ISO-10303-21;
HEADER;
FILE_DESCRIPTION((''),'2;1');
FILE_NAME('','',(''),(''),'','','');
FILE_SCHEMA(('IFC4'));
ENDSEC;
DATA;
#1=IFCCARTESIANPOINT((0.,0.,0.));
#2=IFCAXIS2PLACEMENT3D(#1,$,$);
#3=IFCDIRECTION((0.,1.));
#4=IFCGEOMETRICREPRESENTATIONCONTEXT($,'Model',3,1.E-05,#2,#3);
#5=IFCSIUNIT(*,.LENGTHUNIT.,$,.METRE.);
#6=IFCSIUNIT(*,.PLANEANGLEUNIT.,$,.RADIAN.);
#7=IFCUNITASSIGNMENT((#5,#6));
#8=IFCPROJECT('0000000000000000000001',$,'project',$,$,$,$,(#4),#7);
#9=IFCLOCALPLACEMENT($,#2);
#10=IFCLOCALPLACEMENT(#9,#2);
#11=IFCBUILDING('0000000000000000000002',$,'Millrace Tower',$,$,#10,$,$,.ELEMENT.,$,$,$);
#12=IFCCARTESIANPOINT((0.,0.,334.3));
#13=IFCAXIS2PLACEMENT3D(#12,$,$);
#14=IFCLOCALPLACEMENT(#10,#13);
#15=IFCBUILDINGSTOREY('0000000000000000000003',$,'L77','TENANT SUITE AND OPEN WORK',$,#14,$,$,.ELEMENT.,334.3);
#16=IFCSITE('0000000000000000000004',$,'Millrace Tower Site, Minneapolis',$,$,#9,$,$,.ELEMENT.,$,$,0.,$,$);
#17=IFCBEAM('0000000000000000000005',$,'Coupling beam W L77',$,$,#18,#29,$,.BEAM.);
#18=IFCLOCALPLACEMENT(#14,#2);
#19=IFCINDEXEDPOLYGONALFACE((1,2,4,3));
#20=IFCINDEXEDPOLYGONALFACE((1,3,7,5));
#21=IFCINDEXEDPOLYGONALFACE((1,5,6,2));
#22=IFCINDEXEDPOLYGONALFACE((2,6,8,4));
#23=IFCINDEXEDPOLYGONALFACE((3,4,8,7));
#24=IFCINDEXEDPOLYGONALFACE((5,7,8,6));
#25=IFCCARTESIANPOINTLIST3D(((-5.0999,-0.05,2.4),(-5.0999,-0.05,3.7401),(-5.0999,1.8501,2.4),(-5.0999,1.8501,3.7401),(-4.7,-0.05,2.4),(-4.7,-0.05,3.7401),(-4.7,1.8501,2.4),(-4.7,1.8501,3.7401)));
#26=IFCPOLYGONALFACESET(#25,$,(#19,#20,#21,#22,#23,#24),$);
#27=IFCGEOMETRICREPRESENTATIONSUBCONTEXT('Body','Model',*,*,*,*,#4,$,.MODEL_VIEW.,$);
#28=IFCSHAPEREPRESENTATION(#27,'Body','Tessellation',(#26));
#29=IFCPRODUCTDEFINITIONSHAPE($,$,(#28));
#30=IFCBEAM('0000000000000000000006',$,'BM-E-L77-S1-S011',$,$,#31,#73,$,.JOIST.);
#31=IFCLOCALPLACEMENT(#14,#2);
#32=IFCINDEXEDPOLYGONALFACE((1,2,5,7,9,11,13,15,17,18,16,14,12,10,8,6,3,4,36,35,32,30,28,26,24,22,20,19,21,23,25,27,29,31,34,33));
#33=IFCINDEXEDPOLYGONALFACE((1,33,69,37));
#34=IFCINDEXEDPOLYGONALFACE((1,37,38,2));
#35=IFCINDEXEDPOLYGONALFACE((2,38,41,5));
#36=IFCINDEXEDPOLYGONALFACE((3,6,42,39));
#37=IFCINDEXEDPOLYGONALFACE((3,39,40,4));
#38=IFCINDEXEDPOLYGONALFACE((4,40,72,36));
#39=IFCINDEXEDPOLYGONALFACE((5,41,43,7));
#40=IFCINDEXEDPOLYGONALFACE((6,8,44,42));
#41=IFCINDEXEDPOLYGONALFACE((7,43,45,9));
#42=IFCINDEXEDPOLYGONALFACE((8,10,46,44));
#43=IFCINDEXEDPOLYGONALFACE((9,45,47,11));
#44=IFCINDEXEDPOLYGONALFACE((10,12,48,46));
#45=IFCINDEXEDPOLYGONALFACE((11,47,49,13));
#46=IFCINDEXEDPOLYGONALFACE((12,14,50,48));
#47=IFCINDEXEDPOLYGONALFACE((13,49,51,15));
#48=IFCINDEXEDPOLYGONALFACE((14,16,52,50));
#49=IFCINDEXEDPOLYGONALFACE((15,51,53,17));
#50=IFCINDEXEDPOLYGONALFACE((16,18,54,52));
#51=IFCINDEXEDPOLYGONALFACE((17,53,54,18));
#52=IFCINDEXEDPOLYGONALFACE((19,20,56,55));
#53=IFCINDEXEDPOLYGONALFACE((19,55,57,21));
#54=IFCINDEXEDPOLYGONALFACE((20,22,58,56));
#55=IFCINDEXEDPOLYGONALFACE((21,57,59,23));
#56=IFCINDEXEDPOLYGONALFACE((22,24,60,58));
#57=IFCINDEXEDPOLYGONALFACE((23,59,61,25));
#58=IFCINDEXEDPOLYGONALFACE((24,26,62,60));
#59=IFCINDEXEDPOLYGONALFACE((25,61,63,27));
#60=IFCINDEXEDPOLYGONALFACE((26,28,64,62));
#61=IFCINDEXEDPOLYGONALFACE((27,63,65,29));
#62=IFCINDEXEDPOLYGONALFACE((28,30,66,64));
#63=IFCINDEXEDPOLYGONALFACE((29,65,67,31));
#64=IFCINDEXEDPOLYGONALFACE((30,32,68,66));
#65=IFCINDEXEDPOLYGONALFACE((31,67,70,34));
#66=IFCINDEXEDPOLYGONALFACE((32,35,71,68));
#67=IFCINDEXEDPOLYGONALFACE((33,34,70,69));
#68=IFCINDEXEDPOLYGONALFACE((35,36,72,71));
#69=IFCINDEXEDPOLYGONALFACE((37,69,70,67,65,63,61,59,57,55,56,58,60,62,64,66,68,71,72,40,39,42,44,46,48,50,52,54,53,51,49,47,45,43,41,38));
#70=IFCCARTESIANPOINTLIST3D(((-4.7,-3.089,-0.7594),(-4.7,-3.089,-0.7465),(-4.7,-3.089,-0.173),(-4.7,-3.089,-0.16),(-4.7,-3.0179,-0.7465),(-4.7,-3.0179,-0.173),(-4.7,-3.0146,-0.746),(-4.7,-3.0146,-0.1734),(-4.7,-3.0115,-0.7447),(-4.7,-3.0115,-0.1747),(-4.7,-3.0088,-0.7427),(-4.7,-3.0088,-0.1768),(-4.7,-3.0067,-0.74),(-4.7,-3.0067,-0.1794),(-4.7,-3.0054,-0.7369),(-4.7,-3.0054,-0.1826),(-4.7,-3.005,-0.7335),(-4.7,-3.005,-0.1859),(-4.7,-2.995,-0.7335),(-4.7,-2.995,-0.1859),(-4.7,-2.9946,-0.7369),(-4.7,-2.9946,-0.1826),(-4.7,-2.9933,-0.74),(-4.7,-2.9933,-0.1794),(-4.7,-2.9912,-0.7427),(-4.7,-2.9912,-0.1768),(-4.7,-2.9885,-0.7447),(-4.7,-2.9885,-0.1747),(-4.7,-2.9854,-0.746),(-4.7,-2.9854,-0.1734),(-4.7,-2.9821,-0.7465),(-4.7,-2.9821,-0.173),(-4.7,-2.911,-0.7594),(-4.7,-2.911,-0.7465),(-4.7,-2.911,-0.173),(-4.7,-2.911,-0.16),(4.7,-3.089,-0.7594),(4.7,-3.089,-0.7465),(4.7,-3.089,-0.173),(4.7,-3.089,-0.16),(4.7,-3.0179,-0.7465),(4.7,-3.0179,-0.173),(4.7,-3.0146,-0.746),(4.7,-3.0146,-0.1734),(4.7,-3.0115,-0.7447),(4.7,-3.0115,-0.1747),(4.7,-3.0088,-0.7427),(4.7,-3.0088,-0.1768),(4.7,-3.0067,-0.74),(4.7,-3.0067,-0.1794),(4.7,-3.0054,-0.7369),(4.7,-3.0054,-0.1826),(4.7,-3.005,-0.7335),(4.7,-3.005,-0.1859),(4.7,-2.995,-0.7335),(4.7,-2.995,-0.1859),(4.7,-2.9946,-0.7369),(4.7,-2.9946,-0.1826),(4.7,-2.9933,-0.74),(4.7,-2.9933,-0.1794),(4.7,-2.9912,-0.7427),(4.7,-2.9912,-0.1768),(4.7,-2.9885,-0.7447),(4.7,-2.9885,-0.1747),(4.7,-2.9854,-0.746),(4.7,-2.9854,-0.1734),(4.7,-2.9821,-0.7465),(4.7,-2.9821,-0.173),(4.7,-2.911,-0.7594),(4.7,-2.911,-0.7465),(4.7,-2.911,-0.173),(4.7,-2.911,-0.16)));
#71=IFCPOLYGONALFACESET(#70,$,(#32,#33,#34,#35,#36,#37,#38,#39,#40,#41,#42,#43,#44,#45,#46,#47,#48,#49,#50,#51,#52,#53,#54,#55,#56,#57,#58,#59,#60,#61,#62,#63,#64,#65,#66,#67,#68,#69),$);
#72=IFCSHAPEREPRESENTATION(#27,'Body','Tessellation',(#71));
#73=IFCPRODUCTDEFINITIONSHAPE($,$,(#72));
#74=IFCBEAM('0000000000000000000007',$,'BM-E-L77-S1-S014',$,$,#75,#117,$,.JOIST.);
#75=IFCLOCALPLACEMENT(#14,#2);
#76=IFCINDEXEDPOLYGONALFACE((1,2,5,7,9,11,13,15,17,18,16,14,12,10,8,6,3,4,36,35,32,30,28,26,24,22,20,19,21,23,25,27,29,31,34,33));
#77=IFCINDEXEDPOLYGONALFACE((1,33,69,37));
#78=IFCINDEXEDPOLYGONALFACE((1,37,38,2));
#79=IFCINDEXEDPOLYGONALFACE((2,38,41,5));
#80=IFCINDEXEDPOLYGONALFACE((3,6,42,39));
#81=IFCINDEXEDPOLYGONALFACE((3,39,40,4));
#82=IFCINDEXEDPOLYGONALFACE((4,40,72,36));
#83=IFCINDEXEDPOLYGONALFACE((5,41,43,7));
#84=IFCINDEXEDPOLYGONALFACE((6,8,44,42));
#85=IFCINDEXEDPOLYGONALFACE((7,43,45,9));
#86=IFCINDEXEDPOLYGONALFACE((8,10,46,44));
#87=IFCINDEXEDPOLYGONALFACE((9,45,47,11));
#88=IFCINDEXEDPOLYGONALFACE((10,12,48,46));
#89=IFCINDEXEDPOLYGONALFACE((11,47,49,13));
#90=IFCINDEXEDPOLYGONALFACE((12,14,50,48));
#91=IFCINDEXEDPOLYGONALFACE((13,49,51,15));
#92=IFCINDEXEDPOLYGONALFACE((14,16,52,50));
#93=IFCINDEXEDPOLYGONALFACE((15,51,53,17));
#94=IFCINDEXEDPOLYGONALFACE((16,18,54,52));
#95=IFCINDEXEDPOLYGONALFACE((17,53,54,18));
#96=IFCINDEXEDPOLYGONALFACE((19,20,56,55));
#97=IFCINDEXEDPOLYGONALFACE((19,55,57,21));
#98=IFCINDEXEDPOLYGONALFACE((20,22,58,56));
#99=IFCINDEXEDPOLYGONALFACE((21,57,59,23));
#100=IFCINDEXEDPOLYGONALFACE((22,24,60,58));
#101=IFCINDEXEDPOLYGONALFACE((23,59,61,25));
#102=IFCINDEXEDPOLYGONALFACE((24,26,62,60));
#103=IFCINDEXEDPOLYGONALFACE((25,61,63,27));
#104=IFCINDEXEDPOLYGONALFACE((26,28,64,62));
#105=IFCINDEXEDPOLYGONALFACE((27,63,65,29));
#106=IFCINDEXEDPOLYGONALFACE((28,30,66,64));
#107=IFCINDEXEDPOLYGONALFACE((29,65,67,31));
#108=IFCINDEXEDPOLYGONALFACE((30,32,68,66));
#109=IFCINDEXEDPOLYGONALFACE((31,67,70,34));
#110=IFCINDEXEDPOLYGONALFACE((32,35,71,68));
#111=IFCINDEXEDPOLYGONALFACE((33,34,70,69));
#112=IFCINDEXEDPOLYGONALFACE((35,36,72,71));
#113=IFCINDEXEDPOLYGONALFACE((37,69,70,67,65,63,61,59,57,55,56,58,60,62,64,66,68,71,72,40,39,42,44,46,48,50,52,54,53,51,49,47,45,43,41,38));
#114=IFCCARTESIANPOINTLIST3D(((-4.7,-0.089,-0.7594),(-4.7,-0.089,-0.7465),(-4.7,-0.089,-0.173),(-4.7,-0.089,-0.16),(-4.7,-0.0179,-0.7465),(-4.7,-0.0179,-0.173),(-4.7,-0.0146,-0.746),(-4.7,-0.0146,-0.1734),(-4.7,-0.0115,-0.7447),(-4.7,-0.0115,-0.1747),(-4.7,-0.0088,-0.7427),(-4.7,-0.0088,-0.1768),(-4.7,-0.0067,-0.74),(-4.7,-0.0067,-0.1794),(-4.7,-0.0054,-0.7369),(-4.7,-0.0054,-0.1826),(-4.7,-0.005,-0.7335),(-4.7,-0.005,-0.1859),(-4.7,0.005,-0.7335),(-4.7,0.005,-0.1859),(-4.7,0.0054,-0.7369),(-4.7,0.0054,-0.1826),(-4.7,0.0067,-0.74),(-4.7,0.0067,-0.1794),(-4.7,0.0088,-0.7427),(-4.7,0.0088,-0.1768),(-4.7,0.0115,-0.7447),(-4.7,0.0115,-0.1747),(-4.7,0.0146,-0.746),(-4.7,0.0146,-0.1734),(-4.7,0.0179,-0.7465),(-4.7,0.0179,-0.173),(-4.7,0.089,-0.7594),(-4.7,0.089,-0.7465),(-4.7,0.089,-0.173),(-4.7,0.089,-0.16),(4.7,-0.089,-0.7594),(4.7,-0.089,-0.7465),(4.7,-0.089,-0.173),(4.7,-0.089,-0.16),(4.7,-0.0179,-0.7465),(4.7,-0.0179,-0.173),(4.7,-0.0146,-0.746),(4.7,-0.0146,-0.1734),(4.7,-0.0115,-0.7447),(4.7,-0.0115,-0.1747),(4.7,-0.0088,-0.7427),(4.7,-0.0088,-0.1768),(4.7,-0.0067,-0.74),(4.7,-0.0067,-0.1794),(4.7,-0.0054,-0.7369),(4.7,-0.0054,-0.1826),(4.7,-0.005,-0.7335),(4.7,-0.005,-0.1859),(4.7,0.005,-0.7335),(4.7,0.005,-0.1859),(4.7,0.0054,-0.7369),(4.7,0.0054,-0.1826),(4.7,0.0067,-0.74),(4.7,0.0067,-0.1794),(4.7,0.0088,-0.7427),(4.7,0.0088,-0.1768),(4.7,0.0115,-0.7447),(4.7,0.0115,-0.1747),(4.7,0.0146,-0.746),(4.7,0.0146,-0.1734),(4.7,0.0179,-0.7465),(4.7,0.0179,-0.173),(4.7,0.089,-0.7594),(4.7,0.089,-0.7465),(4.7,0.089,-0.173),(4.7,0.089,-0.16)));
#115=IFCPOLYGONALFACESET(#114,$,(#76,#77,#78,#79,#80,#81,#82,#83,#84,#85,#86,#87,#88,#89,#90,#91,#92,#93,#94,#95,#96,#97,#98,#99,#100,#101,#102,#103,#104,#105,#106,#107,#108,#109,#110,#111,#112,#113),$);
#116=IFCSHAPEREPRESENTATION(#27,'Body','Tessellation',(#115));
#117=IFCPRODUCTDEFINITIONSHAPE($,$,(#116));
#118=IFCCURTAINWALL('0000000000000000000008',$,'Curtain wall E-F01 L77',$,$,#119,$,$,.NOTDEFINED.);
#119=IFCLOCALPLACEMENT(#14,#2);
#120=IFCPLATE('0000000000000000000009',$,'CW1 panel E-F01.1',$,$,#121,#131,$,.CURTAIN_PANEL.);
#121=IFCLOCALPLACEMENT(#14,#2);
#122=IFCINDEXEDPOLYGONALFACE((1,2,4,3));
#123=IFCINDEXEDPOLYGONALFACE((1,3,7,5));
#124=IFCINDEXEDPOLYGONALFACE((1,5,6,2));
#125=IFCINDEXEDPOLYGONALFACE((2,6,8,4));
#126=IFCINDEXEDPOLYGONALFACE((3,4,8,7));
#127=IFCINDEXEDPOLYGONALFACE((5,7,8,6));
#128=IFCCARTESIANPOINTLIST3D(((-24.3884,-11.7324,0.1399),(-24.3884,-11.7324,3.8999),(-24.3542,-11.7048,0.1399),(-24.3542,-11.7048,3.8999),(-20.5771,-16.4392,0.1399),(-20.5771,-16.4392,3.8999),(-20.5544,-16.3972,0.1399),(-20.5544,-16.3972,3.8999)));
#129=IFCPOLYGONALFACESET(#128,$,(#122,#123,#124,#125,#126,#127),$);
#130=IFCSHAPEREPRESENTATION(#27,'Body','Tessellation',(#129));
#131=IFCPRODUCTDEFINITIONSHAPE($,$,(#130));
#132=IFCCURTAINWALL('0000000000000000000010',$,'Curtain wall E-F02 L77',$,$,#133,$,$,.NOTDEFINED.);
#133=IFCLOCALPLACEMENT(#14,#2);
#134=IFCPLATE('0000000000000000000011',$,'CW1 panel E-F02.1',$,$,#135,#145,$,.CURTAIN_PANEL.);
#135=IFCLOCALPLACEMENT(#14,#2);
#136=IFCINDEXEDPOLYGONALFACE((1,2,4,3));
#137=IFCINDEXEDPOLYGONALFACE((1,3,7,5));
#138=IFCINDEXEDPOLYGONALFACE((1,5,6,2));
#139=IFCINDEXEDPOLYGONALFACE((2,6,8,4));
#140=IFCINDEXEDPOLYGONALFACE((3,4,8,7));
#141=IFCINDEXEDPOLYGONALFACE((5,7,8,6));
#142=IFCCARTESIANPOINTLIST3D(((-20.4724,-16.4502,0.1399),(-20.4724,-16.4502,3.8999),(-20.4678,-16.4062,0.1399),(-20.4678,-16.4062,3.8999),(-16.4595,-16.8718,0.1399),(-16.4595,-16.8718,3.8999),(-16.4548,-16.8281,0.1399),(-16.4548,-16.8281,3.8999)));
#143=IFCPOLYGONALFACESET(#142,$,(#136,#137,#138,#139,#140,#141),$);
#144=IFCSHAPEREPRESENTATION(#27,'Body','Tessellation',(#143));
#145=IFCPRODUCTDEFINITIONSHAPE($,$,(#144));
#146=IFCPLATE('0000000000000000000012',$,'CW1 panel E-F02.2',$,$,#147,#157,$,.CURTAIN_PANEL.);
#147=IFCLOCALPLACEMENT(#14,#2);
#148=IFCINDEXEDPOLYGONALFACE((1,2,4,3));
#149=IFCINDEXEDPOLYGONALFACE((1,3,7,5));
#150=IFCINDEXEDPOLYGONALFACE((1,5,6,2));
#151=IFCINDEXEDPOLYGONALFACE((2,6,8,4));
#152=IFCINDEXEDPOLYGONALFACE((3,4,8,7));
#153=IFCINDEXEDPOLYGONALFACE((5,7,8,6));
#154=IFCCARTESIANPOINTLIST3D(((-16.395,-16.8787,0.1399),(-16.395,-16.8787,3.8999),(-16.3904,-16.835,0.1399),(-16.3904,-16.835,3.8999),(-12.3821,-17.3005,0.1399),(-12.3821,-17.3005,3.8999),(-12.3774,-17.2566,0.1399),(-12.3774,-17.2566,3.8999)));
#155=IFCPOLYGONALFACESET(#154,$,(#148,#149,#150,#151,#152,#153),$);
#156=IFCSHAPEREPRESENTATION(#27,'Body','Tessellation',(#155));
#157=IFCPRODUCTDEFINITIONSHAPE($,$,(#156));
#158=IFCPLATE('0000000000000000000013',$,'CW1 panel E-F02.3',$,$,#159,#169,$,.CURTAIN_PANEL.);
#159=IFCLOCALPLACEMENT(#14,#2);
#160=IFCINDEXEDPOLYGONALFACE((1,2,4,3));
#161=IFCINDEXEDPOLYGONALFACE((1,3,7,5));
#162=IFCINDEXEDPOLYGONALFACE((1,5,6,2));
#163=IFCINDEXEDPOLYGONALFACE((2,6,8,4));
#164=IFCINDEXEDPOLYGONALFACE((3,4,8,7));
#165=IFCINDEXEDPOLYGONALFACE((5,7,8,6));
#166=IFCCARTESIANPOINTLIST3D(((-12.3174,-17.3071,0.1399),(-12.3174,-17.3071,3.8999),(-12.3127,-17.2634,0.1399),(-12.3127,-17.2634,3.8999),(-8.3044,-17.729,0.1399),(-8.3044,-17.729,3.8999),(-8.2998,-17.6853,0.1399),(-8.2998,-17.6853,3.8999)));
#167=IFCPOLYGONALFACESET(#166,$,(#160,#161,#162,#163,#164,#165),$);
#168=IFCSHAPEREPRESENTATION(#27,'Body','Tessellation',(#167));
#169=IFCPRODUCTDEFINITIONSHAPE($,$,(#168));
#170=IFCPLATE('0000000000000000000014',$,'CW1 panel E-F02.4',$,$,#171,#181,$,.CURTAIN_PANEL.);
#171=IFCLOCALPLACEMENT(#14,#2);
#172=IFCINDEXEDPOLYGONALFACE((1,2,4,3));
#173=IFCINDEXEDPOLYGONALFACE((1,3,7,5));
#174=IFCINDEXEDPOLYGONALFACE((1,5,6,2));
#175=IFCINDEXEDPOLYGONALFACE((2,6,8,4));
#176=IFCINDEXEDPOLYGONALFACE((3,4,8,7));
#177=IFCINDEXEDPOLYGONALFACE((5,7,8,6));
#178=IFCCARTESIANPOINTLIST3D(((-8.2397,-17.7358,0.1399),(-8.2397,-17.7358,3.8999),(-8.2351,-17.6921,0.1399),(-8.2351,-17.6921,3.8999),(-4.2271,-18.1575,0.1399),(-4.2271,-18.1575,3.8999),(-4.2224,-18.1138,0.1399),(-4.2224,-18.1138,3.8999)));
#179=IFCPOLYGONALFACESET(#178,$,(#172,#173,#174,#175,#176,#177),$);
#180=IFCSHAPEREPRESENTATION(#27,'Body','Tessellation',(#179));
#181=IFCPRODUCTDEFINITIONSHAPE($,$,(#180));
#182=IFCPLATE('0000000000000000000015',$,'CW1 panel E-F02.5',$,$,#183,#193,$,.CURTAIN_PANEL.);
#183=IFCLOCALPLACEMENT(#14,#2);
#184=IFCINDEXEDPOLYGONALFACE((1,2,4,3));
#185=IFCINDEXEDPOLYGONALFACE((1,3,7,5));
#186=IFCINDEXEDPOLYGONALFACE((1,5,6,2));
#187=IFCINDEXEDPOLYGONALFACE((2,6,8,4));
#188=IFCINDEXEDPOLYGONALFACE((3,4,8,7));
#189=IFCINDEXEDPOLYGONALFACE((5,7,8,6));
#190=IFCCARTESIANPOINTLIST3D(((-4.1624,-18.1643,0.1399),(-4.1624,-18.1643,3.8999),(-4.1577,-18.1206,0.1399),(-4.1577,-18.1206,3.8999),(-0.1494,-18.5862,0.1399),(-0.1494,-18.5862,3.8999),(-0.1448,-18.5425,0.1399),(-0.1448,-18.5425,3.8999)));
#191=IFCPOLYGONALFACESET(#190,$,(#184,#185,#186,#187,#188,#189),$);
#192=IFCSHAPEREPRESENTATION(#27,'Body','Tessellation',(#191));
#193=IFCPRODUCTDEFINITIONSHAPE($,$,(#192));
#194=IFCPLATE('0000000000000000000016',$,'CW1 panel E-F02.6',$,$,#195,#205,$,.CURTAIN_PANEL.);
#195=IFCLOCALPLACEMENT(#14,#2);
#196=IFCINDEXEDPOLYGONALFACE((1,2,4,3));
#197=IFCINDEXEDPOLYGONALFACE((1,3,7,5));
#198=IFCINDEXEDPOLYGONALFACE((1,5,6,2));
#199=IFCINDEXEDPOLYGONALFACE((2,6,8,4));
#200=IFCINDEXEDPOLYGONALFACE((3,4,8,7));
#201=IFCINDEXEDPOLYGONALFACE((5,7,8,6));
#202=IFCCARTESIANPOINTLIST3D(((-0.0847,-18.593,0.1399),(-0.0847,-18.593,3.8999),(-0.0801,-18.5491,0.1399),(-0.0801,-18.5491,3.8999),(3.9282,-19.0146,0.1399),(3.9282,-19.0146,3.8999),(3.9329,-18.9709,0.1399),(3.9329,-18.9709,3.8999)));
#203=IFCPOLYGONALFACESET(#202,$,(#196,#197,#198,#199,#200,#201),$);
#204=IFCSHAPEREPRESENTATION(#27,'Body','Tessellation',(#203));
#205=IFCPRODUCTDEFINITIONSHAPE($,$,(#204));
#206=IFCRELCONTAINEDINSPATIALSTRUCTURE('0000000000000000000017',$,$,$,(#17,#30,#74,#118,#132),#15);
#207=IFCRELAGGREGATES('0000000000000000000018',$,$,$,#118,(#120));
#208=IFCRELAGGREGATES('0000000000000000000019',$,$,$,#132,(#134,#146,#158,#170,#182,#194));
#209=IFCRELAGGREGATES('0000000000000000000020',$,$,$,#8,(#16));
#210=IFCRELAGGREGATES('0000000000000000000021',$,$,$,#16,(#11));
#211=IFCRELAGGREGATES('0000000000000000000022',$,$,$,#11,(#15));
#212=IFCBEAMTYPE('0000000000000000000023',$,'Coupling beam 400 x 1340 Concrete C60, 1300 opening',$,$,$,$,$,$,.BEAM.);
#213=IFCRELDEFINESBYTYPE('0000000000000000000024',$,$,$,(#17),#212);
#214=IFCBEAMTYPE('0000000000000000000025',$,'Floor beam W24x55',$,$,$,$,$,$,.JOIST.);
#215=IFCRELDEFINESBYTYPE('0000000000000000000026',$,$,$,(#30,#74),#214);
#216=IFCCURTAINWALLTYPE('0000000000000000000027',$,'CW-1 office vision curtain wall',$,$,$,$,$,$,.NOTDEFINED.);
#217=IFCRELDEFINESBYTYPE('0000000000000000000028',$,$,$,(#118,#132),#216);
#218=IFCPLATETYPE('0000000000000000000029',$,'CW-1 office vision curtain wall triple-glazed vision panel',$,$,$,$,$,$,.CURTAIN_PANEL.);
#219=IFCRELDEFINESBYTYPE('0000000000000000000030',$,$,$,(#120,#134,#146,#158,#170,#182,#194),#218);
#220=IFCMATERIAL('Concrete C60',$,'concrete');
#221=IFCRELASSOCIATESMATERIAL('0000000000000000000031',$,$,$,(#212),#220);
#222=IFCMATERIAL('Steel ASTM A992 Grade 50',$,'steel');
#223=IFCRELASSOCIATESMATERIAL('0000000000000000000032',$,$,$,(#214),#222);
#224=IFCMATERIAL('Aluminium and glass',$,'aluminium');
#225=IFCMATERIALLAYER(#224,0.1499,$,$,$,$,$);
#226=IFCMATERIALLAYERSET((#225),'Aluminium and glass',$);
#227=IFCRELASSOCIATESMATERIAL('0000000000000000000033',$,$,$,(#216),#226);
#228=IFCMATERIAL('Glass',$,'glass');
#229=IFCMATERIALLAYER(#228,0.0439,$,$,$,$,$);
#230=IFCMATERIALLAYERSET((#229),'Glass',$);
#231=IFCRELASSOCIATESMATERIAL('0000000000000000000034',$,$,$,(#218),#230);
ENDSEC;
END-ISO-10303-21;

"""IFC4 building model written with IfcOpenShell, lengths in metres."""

from ifc_helpers import new_model, si_unit, direction, frame, origin, origin_2d, place, context, subcontext, project, spatial, polyline, rectangle, i_section, outline, extrude, material, layer, layer_set, material_profile, profile_set, type_object, element, aggregate, save


model = new_model("IFC4")

# Units and contexts
model_context = context("Model", 3, precision=1e-05, world=origin(), true_north=direction((0.0, 1.0)))
body_context = subcontext(model_context, "Body", "Model", "MODEL_VIEW")
ifc_project = project(units=[si_unit("LENGTHUNIT", "METRE"), si_unit("PLANEANGLEUNIT", "RADIAN")], contexts=[model_context])

# Site, building, storey
site_placement = place(None, origin())
site = spatial("IfcSite", under=ifc_project, at=site_placement, Name="Millrace Tower Site, Minneapolis", CompositionType="ELEMENT", RefElevation=0.0)
building_placement = place(site_placement, origin())
building = spatial("IfcBuilding", under=site, at=building_placement, Name="Millrace Tower", CompositionType="ELEMENT")
storey_placement = place(building_placement, frame((0.0, 0.0, 334.3)))
storey = spatial("IfcBuildingStorey", under=building, at=storey_placement, Name="L77", Description="TENANT SUITE AND OPEN WORK", CompositionType="ELEMENT", Elevation=334.3)

# Beams
ifc_material_1 = material(Name="Concrete C60", Category="concrete")
ifc_material_profile_1 = material_profile(ifc_material_1, rectangle(XDim=0.3999, YDim=1.3401, at=origin_2d()))
ifc_profile_set_1 = profile_set([ifc_material_profile_1], Name="Concrete C60")
beam_type_1 = type_object("IfcBeamType", Name="Coupling beam 400 x 1340 Concrete C60, 1300 opening", PredefinedType="BEAM", material=ifc_profile_set_1)
beam_placement = place(storey_placement, frame((-4.8999, -0.05, 3.0701), z_axis=(0.0, 1.0, 0.0), x_axis=(-1.0, 0.0, 0.0)))
element("IfcBeam", 1, at=beam_placement, inside=storey, type_object=beam_type_1, Name="Coupling beam W L77", PredefinedType="BEAM", context=body_context, shape_type="SweptSolid", body=[
    extrude(rectangle(XDim=0.3999, YDim=1.3401, at=origin_2d()), origin(), (0.0, 0.0, 1.0), 1.9001),
])
ifc_material_2 = material(Name="Steel ASTM A992 Grade 50", Category="steel")
ifc_material_profile_2 = material_profile(ifc_material_2, i_section(OverallWidth=0.178, OverallDepth=0.5994, WebThickness=0.01, FlangeThickness=0.0129, FilletRadius=0.0129, at=origin_2d()))
ifc_profile_set_2 = profile_set([ifc_material_profile_2], Name="Steel ASTM A992 Grade 50")
beam_type_2 = type_object("IfcBeamType", Name="Floor beam W24x55", PredefinedType="JOIST", material=ifc_profile_set_2)
for number, where, z_axis, x_axis, name in (
    (2, (-4.7, -3.0, -0.4597), (1.0, 0.0, 0.0), (0.0, 1.0, 0.0), "BM-E-L77-S1-S011"),
    (3, (-4.7, 0.0, -0.4597), (1.0, 0.0, 0.0), (0.0, 1.0, 0.0), "BM-E-L77-S1-S014"),
):
    element("IfcBeam", number, at=place(storey_placement, frame(where, z_axis=z_axis, x_axis=x_axis)), inside=storey, type_object=beam_type_2, Name=name, PredefinedType="JOIST", context=body_context, shape_type="SweptSolid", body=[
        extrude(i_section(OverallWidth=0.178, OverallDepth=0.5994, WebThickness=0.01, FlangeThickness=0.0129, FilletRadius=0.0129, at=origin_2d()), origin(), (0.0, 0.0, 1.0), 9.3999),
    ])

# Curtain wall, plate
ifc_material_3 = material(Name="Aluminium and glass", Category="aluminium")
ifc_layer_1 = layer(ifc_material_3, 0.1499)
ifc_layer_set_1 = layer_set([ifc_layer_1], Name="Aluminium and glass")
curtain_wall_type = type_object("IfcCurtainWallType", Name="CW-1 office vision curtain wall", PredefinedType="NOTDEFINED", material=ifc_layer_set_1)
placement_1 = place(storey_placement, origin())
curtain_wall_1 = element("IfcCurtainWall", 4, at=placement_1, inside=storey, type_object=curtain_wall_type, Name="Curtain wall E-F01 L77", PredefinedType="NOTDEFINED")
ifc_material_4 = material(Name="Glass", Category="glass")
ifc_layer_2 = layer(ifc_material_4, 0.0439)
ifc_layer_set_2 = layer_set([ifc_layer_2], Name="Glass")
plate_type = type_object("IfcPlateType", Name="CW-1 office vision curtain wall triple-glazed vision panel", PredefinedType="CURTAIN_PANEL", material=ifc_layer_set_2)
placement_2 = place(storey_placement, frame((0.0, 0.0, 0.1399)))
plate_1 = element("IfcPlate", 5, at=placement_2, type_object=plate_type, Name="CW1 panel E-F01.1", PredefinedType="CURTAIN_PANEL", context=body_context, shape_type="SweptSolid", body=[
    extrude(outline(polyline([(-24.3884, -11.7324), (-20.5771, -16.4392), (-20.5544, -16.3972), (-24.3542, -11.7048), (-24.3884, -11.7324)])), origin(), (0.0, 0.0, 1.0), 3.76),
])
aggregate(curtain_wall_1, [plate_1])

# Curtain wall, plates
curtain_wall_2 = element("IfcCurtainWall", 6, at=placement_1, inside=storey, type_object=curtain_wall_type, Name="Curtain wall E-F02 L77", PredefinedType="NOTDEFINED")
plate_2 = element("IfcPlate", 7, at=placement_2, type_object=plate_type, Name="CW1 panel E-F02.1", PredefinedType="CURTAIN_PANEL", context=body_context, shape_type="SweptSolid", body=[
    extrude(outline(polyline([(-20.4724, -16.4502), (-16.4595, -16.8718), (-16.4548, -16.8281), (-20.4678, -16.4062), (-20.4724, -16.4502)])), origin(), (0.0, 0.0, 1.0), 3.76),
])
plate_3 = element("IfcPlate", 8, at=placement_2, type_object=plate_type, Name="CW1 panel E-F02.2", PredefinedType="CURTAIN_PANEL", context=body_context, shape_type="SweptSolid", body=[
    extrude(outline(polyline([(-16.395, -16.8787), (-12.3821, -17.3005), (-12.3774, -17.2566), (-16.3904, -16.835), (-16.395, -16.8787)])), origin(), (0.0, 0.0, 1.0), 3.76),
])
plate_4 = element("IfcPlate", 9, at=placement_2, type_object=plate_type, Name="CW1 panel E-F02.3", PredefinedType="CURTAIN_PANEL", context=body_context, shape_type="SweptSolid", body=[
    extrude(outline(polyline([(-12.3174, -17.3071), (-8.3044, -17.729), (-8.2998, -17.6853), (-12.3127, -17.2634), (-12.3174, -17.3071)])), origin(), (0.0, 0.0, 1.0), 3.76),
])
plate_5 = element("IfcPlate", 10, at=placement_2, type_object=plate_type, Name="CW1 panel E-F02.4", PredefinedType="CURTAIN_PANEL", context=body_context, shape_type="SweptSolid", body=[
    extrude(outline(polyline([(-8.2397, -17.7358), (-4.2271, -18.1575), (-4.2224, -18.1138), (-8.2351, -17.6921), (-8.2397, -17.7358)])), origin(), (0.0, 0.0, 1.0), 3.76),
])
plate_6 = element("IfcPlate", 11, at=placement_2, type_object=plate_type, Name="CW1 panel E-F02.5", PredefinedType="CURTAIN_PANEL", context=body_context, shape_type="SweptSolid", body=[
    extrude(outline(polyline([(-4.1624, -18.1643), (-0.1494, -18.5862), (-0.1448, -18.5425), (-4.1577, -18.1206), (-4.1624, -18.1643)])), origin(), (0.0, 0.0, 1.0), 3.76),
])
plate_7 = element("IfcPlate", 12, at=placement_2, type_object=plate_type, Name="CW1 panel E-F02.6", PredefinedType="CURTAIN_PANEL", context=body_context, shape_type="SweptSolid", body=[
    extrude(outline(polyline([(-0.0847, -18.593), (3.9282, -19.0146), (3.9329, -18.9709), (-0.0801, -18.5491), (-0.0847, -18.593)])), origin(), (0.0, 0.0, 1.0), 3.76),
])
aggregate(curtain_wall_2, [plate_2, plate_3, plate_4, plate_5, plate_6, plate_7])

save(model, "model.ifc")
